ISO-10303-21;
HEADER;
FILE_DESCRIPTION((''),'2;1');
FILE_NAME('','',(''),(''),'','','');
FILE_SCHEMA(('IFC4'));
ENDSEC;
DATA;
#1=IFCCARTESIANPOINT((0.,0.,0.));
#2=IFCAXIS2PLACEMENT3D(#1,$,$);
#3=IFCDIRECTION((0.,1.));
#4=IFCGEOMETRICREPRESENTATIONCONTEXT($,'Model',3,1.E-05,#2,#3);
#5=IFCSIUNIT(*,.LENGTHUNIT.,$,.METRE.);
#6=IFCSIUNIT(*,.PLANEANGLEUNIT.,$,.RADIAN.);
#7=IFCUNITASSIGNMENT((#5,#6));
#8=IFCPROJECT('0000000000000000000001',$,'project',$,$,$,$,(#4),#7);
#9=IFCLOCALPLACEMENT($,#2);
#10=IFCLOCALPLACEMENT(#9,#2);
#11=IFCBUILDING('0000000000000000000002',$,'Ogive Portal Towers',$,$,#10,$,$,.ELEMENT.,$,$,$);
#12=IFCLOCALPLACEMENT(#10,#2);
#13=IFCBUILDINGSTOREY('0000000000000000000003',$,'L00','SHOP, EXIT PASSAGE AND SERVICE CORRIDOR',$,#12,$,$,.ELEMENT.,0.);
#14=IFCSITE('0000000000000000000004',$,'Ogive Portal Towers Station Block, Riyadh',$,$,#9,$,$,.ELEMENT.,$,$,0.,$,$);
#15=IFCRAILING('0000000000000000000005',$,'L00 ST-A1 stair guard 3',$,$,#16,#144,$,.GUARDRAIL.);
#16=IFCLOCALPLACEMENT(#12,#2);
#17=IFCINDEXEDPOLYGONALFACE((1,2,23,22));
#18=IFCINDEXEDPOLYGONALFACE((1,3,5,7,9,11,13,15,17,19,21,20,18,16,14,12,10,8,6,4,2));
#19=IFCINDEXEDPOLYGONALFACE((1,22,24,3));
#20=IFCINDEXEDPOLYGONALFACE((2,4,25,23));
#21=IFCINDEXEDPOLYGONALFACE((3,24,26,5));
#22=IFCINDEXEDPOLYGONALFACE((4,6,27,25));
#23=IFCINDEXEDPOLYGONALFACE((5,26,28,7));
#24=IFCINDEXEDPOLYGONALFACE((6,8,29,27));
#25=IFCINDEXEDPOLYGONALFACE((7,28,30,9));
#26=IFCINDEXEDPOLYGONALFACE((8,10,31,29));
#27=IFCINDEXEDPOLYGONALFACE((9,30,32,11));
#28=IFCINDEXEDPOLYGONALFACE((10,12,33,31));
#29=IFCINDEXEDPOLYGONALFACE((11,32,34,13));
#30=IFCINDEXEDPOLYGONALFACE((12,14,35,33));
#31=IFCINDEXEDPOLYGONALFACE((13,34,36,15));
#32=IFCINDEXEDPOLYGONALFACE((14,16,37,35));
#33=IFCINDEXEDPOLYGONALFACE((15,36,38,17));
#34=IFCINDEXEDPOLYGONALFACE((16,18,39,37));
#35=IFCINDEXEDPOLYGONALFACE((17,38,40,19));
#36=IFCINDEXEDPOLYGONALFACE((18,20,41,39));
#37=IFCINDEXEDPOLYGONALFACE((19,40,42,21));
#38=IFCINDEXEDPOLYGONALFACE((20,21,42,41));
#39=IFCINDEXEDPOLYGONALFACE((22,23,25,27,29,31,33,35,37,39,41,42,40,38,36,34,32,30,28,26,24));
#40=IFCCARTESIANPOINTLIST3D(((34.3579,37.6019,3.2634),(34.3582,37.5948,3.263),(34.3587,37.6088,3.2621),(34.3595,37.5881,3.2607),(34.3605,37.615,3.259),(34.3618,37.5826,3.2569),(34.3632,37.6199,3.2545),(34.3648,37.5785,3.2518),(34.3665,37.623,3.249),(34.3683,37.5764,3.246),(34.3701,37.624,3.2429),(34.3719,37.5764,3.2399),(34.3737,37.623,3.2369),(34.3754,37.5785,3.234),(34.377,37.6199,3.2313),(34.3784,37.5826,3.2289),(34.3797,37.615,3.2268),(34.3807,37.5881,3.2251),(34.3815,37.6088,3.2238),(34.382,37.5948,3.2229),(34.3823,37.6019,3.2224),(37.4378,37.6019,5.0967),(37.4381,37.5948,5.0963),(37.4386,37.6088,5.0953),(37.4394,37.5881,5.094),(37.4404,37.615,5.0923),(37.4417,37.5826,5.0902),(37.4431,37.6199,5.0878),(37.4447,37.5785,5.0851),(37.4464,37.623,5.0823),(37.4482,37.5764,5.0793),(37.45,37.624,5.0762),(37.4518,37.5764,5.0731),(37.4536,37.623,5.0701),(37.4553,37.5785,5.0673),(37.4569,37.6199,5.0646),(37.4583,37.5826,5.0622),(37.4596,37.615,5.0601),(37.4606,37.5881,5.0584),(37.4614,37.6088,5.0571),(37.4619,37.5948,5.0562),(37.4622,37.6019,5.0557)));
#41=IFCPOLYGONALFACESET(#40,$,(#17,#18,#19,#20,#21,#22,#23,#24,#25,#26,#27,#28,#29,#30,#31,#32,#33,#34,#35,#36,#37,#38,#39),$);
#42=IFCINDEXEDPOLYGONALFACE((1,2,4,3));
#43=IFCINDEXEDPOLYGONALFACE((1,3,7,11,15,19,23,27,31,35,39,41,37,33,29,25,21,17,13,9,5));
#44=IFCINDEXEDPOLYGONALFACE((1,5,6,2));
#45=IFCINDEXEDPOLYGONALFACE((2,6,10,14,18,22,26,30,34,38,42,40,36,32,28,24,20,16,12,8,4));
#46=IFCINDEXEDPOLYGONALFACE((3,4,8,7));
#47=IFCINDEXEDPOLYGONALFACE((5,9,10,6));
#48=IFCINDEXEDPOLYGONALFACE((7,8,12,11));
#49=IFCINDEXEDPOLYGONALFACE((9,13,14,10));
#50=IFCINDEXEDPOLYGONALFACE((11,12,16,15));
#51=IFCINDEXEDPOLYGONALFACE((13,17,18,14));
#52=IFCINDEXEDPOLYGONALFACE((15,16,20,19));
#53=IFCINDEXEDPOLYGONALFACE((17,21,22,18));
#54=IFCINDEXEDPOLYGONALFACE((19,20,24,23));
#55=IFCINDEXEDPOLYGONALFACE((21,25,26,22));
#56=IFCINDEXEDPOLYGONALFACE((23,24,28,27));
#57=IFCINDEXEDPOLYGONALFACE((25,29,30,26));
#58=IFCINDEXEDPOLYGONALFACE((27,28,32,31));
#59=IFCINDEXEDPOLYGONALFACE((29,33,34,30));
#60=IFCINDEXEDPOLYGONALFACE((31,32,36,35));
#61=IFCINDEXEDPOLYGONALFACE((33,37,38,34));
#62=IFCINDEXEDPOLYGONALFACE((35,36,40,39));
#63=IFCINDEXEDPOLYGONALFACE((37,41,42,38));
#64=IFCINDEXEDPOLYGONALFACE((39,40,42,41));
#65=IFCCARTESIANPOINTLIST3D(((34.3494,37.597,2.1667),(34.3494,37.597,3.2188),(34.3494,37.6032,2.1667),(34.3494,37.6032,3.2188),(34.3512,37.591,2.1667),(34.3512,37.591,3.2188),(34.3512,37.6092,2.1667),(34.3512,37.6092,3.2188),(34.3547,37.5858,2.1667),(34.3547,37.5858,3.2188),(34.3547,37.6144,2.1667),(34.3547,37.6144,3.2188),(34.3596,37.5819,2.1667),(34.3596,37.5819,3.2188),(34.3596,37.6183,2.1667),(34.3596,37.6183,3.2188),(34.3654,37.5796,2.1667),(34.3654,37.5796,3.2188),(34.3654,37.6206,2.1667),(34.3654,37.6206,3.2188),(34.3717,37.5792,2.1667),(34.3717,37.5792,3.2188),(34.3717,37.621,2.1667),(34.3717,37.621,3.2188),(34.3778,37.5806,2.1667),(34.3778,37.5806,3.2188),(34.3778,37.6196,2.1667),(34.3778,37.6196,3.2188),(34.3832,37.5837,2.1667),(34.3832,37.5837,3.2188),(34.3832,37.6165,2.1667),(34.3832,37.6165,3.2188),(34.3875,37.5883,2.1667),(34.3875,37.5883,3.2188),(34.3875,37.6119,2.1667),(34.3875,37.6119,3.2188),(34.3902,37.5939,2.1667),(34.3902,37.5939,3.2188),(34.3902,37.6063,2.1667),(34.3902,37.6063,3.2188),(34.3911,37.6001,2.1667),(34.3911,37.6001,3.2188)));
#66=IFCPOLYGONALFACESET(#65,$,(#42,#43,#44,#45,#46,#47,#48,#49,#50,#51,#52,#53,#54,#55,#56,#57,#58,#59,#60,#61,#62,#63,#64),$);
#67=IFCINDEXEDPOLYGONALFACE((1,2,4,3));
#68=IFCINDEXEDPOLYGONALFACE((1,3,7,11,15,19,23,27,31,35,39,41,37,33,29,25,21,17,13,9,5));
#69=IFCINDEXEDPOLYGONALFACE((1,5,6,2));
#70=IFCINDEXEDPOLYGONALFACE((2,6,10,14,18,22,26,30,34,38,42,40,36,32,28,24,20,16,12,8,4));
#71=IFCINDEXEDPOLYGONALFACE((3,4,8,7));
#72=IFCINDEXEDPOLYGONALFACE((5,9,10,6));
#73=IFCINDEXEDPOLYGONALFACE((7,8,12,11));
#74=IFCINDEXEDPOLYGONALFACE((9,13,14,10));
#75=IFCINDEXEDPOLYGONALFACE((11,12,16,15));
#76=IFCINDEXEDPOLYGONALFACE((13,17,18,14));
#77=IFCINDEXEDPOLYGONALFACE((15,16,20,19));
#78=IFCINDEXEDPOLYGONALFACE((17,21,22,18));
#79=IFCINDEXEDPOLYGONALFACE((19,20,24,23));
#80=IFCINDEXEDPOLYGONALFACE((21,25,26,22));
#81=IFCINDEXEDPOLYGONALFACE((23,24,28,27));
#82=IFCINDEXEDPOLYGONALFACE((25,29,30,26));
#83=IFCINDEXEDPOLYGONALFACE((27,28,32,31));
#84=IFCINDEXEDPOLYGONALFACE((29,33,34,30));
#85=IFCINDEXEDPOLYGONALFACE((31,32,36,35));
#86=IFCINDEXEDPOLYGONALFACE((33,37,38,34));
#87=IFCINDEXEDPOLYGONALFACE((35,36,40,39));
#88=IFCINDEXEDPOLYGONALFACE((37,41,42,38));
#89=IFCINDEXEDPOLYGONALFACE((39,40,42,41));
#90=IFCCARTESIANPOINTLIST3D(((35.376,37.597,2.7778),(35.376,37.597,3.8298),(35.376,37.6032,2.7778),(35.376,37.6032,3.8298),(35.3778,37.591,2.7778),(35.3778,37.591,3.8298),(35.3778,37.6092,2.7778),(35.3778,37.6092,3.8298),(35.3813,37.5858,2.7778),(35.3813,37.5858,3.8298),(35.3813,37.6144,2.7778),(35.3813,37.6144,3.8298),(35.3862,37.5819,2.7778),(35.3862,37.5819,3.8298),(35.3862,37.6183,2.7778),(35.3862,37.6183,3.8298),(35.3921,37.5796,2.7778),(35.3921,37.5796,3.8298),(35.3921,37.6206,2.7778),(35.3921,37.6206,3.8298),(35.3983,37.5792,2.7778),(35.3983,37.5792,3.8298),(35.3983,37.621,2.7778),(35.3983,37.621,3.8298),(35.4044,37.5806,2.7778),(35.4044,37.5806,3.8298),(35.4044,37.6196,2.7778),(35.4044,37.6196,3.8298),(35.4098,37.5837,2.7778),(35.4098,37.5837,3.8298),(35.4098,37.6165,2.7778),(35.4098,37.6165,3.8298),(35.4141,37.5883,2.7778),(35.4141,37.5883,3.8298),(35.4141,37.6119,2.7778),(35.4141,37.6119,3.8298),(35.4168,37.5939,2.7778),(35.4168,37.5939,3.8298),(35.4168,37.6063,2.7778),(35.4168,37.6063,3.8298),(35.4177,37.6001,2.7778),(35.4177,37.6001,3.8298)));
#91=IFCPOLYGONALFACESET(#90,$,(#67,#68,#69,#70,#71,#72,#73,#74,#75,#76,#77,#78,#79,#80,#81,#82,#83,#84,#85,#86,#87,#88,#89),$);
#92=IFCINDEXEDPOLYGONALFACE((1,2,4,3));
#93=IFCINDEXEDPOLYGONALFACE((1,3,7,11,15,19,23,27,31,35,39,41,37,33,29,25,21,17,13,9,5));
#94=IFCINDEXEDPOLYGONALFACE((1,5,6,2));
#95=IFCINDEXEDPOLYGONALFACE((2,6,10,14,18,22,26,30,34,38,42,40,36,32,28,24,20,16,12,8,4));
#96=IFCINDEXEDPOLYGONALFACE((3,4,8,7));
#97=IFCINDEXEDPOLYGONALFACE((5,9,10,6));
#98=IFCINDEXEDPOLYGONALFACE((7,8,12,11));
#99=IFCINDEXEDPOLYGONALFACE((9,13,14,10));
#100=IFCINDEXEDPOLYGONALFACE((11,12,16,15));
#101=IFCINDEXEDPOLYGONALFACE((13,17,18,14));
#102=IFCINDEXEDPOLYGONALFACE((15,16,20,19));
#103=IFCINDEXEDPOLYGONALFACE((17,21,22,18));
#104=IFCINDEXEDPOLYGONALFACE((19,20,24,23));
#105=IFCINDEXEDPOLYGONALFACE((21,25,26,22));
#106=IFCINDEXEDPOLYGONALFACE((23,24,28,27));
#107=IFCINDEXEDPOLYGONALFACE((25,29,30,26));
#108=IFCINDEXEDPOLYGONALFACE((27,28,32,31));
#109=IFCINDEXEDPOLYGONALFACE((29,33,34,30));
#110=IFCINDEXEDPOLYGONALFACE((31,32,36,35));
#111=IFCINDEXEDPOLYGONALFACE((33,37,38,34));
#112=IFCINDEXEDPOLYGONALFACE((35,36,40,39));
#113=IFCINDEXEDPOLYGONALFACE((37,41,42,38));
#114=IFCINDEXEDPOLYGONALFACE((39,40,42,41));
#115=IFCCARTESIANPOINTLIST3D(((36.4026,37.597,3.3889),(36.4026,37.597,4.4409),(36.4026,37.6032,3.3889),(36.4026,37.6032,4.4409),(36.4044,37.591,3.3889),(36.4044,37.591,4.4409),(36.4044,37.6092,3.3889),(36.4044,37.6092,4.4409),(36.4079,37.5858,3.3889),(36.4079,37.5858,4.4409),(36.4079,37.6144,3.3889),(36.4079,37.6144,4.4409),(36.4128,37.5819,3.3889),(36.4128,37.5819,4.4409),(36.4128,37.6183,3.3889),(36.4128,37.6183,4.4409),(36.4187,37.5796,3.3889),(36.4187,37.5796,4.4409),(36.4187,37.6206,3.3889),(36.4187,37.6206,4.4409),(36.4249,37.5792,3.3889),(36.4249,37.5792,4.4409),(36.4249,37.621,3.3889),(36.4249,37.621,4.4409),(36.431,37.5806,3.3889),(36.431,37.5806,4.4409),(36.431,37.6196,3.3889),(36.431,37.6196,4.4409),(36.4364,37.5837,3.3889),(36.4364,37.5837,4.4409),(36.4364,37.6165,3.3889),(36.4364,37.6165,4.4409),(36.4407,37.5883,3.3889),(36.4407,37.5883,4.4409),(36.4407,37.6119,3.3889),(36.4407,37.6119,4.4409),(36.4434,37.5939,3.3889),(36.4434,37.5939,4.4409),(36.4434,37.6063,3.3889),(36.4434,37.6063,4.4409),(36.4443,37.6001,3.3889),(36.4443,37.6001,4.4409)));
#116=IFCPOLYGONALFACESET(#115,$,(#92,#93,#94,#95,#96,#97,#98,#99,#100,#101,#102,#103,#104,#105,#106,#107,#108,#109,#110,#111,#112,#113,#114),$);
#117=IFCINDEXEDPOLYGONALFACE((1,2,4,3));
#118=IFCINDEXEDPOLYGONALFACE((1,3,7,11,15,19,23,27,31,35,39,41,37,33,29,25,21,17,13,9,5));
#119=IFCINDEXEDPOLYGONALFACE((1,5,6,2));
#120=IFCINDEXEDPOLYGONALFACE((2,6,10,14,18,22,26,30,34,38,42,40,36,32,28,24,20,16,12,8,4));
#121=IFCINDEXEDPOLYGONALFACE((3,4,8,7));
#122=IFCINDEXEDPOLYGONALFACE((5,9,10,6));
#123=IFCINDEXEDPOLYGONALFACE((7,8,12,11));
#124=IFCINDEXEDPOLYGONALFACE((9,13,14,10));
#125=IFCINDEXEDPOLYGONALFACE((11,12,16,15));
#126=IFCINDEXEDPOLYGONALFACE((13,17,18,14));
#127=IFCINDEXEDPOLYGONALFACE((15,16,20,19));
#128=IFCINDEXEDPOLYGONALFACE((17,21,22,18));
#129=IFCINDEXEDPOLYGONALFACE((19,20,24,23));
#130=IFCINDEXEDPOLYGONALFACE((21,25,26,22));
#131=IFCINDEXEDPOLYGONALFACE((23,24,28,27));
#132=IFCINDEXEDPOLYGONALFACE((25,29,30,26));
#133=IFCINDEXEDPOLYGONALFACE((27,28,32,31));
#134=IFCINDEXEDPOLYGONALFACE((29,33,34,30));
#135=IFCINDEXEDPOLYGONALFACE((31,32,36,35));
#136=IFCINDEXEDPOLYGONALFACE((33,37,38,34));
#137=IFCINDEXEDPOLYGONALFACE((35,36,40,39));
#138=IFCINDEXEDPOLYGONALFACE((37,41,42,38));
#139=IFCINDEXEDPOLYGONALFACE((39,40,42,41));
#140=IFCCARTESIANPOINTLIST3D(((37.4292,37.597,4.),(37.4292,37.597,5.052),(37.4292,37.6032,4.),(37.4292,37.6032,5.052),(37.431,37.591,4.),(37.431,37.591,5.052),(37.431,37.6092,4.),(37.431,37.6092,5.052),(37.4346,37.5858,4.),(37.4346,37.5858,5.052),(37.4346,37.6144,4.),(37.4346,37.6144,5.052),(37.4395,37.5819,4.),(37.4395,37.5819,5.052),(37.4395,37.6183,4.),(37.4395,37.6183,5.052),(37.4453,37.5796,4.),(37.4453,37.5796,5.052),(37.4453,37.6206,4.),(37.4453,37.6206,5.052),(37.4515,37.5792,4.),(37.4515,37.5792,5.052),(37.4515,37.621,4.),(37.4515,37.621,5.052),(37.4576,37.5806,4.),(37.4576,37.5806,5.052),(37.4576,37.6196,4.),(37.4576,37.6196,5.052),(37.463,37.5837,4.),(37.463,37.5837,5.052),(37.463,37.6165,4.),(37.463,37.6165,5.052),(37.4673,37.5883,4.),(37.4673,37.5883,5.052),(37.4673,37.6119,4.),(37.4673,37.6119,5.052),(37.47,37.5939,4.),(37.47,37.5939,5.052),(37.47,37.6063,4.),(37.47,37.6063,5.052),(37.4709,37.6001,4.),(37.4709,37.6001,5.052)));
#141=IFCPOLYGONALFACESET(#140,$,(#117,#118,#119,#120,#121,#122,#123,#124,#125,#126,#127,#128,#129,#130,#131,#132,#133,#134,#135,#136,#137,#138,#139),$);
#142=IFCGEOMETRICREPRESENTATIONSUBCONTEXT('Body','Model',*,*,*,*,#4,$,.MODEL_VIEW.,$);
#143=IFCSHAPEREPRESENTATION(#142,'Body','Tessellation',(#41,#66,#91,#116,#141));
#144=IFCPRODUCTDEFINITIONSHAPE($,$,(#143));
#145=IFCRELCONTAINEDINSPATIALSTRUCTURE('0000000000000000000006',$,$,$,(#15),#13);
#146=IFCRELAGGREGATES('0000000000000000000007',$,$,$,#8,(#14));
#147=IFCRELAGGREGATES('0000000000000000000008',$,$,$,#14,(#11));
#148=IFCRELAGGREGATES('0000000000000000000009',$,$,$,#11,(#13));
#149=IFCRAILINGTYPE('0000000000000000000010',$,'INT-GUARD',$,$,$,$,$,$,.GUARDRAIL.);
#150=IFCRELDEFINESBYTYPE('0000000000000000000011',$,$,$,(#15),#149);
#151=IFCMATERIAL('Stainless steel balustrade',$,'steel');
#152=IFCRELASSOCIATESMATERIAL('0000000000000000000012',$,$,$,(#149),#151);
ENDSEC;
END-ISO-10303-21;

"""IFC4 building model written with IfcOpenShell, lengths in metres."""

from ifc_helpers import new_model, si_unit, direction, frame, origin, origin_2d, place, context, subcontext, project, spatial, circle, extrude, material, type_object, element, save


model = new_model("IFC4")

# Units and contexts
model_context = context("Model", 3, precision=1e-05, world=origin(), true_north=direction((0.0, 1.0)))
body_context = subcontext(model_context, "Body", "Model", "MODEL_VIEW")
ifc_project = project(units=[si_unit("LENGTHUNIT", "METRE"), si_unit("PLANEANGLEUNIT", "RADIAN")], contexts=[model_context])

# Site, building, storey
site_placement = place(None, origin())
site = spatial("IfcSite", under=ifc_project, at=site_placement, Name="Ogive Portal Towers Station Block, Riyadh", CompositionType="ELEMENT", RefElevation=0.0)
building_placement = place(site_placement, origin())
building = spatial("IfcBuilding", under=site, at=building_placement, Name="Ogive Portal Towers", CompositionType="ELEMENT")
storey_placement = place(building_placement, origin())
storey = spatial("IfcBuildingStorey", under=building, at=storey_placement, Name="L00", Description="SHOP, EXIT PASSAGE AND SERVICE CORRIDOR", CompositionType="ELEMENT", Elevation=0.0)

# Railing
ifc_material_1 = material(Name="Stainless steel balustrade", Category="steel")
railing_type_1 = type_object("IfcRailingType", Name="INT-GUARD", PredefinedType="GUARDRAIL", material=ifc_material_1)
railing_1_placement = place(storey_placement, frame((34.3701, 37.6001, 2.1667)))
element("IfcRailing", 1, at=railing_1_placement, inside=storey, type_object=railing_type_1, Name="L00 ST-A1 stair guard 3", PredefinedType="GUARDRAIL", context=body_context, shape_type="SweptSolid", body=[
    extrude(circle(Radius=0.0239, at=origin_2d()), frame((0.0, 0.0, 1.0762), z_axis=(0.859291, 0.0, 0.511487), x_axis=(0.0, 1.0, 0.0)), (0.0, 0.0, 1.0), 3.5842),
    extrude(circle(Radius=0.021, at=origin_2d()), origin(), (0.0, 0.0, 1.0), 1.052),
    extrude(circle(Radius=0.021, at=origin_2d()), frame((1.0266, 0.0, 0.6111)), (0.0, 0.0, 1.0), 1.052),
    extrude(circle(Radius=0.021, at=origin_2d()), frame((2.0532, 0.0, 1.2222)), (0.0, 0.0, 1.0), 1.052),
    extrude(circle(Radius=0.021, at=origin_2d()), frame((3.0798, 0.0, 1.8333)), (0.0, 0.0, 1.0), 1.052),
])

save(model, "model.ifc")
